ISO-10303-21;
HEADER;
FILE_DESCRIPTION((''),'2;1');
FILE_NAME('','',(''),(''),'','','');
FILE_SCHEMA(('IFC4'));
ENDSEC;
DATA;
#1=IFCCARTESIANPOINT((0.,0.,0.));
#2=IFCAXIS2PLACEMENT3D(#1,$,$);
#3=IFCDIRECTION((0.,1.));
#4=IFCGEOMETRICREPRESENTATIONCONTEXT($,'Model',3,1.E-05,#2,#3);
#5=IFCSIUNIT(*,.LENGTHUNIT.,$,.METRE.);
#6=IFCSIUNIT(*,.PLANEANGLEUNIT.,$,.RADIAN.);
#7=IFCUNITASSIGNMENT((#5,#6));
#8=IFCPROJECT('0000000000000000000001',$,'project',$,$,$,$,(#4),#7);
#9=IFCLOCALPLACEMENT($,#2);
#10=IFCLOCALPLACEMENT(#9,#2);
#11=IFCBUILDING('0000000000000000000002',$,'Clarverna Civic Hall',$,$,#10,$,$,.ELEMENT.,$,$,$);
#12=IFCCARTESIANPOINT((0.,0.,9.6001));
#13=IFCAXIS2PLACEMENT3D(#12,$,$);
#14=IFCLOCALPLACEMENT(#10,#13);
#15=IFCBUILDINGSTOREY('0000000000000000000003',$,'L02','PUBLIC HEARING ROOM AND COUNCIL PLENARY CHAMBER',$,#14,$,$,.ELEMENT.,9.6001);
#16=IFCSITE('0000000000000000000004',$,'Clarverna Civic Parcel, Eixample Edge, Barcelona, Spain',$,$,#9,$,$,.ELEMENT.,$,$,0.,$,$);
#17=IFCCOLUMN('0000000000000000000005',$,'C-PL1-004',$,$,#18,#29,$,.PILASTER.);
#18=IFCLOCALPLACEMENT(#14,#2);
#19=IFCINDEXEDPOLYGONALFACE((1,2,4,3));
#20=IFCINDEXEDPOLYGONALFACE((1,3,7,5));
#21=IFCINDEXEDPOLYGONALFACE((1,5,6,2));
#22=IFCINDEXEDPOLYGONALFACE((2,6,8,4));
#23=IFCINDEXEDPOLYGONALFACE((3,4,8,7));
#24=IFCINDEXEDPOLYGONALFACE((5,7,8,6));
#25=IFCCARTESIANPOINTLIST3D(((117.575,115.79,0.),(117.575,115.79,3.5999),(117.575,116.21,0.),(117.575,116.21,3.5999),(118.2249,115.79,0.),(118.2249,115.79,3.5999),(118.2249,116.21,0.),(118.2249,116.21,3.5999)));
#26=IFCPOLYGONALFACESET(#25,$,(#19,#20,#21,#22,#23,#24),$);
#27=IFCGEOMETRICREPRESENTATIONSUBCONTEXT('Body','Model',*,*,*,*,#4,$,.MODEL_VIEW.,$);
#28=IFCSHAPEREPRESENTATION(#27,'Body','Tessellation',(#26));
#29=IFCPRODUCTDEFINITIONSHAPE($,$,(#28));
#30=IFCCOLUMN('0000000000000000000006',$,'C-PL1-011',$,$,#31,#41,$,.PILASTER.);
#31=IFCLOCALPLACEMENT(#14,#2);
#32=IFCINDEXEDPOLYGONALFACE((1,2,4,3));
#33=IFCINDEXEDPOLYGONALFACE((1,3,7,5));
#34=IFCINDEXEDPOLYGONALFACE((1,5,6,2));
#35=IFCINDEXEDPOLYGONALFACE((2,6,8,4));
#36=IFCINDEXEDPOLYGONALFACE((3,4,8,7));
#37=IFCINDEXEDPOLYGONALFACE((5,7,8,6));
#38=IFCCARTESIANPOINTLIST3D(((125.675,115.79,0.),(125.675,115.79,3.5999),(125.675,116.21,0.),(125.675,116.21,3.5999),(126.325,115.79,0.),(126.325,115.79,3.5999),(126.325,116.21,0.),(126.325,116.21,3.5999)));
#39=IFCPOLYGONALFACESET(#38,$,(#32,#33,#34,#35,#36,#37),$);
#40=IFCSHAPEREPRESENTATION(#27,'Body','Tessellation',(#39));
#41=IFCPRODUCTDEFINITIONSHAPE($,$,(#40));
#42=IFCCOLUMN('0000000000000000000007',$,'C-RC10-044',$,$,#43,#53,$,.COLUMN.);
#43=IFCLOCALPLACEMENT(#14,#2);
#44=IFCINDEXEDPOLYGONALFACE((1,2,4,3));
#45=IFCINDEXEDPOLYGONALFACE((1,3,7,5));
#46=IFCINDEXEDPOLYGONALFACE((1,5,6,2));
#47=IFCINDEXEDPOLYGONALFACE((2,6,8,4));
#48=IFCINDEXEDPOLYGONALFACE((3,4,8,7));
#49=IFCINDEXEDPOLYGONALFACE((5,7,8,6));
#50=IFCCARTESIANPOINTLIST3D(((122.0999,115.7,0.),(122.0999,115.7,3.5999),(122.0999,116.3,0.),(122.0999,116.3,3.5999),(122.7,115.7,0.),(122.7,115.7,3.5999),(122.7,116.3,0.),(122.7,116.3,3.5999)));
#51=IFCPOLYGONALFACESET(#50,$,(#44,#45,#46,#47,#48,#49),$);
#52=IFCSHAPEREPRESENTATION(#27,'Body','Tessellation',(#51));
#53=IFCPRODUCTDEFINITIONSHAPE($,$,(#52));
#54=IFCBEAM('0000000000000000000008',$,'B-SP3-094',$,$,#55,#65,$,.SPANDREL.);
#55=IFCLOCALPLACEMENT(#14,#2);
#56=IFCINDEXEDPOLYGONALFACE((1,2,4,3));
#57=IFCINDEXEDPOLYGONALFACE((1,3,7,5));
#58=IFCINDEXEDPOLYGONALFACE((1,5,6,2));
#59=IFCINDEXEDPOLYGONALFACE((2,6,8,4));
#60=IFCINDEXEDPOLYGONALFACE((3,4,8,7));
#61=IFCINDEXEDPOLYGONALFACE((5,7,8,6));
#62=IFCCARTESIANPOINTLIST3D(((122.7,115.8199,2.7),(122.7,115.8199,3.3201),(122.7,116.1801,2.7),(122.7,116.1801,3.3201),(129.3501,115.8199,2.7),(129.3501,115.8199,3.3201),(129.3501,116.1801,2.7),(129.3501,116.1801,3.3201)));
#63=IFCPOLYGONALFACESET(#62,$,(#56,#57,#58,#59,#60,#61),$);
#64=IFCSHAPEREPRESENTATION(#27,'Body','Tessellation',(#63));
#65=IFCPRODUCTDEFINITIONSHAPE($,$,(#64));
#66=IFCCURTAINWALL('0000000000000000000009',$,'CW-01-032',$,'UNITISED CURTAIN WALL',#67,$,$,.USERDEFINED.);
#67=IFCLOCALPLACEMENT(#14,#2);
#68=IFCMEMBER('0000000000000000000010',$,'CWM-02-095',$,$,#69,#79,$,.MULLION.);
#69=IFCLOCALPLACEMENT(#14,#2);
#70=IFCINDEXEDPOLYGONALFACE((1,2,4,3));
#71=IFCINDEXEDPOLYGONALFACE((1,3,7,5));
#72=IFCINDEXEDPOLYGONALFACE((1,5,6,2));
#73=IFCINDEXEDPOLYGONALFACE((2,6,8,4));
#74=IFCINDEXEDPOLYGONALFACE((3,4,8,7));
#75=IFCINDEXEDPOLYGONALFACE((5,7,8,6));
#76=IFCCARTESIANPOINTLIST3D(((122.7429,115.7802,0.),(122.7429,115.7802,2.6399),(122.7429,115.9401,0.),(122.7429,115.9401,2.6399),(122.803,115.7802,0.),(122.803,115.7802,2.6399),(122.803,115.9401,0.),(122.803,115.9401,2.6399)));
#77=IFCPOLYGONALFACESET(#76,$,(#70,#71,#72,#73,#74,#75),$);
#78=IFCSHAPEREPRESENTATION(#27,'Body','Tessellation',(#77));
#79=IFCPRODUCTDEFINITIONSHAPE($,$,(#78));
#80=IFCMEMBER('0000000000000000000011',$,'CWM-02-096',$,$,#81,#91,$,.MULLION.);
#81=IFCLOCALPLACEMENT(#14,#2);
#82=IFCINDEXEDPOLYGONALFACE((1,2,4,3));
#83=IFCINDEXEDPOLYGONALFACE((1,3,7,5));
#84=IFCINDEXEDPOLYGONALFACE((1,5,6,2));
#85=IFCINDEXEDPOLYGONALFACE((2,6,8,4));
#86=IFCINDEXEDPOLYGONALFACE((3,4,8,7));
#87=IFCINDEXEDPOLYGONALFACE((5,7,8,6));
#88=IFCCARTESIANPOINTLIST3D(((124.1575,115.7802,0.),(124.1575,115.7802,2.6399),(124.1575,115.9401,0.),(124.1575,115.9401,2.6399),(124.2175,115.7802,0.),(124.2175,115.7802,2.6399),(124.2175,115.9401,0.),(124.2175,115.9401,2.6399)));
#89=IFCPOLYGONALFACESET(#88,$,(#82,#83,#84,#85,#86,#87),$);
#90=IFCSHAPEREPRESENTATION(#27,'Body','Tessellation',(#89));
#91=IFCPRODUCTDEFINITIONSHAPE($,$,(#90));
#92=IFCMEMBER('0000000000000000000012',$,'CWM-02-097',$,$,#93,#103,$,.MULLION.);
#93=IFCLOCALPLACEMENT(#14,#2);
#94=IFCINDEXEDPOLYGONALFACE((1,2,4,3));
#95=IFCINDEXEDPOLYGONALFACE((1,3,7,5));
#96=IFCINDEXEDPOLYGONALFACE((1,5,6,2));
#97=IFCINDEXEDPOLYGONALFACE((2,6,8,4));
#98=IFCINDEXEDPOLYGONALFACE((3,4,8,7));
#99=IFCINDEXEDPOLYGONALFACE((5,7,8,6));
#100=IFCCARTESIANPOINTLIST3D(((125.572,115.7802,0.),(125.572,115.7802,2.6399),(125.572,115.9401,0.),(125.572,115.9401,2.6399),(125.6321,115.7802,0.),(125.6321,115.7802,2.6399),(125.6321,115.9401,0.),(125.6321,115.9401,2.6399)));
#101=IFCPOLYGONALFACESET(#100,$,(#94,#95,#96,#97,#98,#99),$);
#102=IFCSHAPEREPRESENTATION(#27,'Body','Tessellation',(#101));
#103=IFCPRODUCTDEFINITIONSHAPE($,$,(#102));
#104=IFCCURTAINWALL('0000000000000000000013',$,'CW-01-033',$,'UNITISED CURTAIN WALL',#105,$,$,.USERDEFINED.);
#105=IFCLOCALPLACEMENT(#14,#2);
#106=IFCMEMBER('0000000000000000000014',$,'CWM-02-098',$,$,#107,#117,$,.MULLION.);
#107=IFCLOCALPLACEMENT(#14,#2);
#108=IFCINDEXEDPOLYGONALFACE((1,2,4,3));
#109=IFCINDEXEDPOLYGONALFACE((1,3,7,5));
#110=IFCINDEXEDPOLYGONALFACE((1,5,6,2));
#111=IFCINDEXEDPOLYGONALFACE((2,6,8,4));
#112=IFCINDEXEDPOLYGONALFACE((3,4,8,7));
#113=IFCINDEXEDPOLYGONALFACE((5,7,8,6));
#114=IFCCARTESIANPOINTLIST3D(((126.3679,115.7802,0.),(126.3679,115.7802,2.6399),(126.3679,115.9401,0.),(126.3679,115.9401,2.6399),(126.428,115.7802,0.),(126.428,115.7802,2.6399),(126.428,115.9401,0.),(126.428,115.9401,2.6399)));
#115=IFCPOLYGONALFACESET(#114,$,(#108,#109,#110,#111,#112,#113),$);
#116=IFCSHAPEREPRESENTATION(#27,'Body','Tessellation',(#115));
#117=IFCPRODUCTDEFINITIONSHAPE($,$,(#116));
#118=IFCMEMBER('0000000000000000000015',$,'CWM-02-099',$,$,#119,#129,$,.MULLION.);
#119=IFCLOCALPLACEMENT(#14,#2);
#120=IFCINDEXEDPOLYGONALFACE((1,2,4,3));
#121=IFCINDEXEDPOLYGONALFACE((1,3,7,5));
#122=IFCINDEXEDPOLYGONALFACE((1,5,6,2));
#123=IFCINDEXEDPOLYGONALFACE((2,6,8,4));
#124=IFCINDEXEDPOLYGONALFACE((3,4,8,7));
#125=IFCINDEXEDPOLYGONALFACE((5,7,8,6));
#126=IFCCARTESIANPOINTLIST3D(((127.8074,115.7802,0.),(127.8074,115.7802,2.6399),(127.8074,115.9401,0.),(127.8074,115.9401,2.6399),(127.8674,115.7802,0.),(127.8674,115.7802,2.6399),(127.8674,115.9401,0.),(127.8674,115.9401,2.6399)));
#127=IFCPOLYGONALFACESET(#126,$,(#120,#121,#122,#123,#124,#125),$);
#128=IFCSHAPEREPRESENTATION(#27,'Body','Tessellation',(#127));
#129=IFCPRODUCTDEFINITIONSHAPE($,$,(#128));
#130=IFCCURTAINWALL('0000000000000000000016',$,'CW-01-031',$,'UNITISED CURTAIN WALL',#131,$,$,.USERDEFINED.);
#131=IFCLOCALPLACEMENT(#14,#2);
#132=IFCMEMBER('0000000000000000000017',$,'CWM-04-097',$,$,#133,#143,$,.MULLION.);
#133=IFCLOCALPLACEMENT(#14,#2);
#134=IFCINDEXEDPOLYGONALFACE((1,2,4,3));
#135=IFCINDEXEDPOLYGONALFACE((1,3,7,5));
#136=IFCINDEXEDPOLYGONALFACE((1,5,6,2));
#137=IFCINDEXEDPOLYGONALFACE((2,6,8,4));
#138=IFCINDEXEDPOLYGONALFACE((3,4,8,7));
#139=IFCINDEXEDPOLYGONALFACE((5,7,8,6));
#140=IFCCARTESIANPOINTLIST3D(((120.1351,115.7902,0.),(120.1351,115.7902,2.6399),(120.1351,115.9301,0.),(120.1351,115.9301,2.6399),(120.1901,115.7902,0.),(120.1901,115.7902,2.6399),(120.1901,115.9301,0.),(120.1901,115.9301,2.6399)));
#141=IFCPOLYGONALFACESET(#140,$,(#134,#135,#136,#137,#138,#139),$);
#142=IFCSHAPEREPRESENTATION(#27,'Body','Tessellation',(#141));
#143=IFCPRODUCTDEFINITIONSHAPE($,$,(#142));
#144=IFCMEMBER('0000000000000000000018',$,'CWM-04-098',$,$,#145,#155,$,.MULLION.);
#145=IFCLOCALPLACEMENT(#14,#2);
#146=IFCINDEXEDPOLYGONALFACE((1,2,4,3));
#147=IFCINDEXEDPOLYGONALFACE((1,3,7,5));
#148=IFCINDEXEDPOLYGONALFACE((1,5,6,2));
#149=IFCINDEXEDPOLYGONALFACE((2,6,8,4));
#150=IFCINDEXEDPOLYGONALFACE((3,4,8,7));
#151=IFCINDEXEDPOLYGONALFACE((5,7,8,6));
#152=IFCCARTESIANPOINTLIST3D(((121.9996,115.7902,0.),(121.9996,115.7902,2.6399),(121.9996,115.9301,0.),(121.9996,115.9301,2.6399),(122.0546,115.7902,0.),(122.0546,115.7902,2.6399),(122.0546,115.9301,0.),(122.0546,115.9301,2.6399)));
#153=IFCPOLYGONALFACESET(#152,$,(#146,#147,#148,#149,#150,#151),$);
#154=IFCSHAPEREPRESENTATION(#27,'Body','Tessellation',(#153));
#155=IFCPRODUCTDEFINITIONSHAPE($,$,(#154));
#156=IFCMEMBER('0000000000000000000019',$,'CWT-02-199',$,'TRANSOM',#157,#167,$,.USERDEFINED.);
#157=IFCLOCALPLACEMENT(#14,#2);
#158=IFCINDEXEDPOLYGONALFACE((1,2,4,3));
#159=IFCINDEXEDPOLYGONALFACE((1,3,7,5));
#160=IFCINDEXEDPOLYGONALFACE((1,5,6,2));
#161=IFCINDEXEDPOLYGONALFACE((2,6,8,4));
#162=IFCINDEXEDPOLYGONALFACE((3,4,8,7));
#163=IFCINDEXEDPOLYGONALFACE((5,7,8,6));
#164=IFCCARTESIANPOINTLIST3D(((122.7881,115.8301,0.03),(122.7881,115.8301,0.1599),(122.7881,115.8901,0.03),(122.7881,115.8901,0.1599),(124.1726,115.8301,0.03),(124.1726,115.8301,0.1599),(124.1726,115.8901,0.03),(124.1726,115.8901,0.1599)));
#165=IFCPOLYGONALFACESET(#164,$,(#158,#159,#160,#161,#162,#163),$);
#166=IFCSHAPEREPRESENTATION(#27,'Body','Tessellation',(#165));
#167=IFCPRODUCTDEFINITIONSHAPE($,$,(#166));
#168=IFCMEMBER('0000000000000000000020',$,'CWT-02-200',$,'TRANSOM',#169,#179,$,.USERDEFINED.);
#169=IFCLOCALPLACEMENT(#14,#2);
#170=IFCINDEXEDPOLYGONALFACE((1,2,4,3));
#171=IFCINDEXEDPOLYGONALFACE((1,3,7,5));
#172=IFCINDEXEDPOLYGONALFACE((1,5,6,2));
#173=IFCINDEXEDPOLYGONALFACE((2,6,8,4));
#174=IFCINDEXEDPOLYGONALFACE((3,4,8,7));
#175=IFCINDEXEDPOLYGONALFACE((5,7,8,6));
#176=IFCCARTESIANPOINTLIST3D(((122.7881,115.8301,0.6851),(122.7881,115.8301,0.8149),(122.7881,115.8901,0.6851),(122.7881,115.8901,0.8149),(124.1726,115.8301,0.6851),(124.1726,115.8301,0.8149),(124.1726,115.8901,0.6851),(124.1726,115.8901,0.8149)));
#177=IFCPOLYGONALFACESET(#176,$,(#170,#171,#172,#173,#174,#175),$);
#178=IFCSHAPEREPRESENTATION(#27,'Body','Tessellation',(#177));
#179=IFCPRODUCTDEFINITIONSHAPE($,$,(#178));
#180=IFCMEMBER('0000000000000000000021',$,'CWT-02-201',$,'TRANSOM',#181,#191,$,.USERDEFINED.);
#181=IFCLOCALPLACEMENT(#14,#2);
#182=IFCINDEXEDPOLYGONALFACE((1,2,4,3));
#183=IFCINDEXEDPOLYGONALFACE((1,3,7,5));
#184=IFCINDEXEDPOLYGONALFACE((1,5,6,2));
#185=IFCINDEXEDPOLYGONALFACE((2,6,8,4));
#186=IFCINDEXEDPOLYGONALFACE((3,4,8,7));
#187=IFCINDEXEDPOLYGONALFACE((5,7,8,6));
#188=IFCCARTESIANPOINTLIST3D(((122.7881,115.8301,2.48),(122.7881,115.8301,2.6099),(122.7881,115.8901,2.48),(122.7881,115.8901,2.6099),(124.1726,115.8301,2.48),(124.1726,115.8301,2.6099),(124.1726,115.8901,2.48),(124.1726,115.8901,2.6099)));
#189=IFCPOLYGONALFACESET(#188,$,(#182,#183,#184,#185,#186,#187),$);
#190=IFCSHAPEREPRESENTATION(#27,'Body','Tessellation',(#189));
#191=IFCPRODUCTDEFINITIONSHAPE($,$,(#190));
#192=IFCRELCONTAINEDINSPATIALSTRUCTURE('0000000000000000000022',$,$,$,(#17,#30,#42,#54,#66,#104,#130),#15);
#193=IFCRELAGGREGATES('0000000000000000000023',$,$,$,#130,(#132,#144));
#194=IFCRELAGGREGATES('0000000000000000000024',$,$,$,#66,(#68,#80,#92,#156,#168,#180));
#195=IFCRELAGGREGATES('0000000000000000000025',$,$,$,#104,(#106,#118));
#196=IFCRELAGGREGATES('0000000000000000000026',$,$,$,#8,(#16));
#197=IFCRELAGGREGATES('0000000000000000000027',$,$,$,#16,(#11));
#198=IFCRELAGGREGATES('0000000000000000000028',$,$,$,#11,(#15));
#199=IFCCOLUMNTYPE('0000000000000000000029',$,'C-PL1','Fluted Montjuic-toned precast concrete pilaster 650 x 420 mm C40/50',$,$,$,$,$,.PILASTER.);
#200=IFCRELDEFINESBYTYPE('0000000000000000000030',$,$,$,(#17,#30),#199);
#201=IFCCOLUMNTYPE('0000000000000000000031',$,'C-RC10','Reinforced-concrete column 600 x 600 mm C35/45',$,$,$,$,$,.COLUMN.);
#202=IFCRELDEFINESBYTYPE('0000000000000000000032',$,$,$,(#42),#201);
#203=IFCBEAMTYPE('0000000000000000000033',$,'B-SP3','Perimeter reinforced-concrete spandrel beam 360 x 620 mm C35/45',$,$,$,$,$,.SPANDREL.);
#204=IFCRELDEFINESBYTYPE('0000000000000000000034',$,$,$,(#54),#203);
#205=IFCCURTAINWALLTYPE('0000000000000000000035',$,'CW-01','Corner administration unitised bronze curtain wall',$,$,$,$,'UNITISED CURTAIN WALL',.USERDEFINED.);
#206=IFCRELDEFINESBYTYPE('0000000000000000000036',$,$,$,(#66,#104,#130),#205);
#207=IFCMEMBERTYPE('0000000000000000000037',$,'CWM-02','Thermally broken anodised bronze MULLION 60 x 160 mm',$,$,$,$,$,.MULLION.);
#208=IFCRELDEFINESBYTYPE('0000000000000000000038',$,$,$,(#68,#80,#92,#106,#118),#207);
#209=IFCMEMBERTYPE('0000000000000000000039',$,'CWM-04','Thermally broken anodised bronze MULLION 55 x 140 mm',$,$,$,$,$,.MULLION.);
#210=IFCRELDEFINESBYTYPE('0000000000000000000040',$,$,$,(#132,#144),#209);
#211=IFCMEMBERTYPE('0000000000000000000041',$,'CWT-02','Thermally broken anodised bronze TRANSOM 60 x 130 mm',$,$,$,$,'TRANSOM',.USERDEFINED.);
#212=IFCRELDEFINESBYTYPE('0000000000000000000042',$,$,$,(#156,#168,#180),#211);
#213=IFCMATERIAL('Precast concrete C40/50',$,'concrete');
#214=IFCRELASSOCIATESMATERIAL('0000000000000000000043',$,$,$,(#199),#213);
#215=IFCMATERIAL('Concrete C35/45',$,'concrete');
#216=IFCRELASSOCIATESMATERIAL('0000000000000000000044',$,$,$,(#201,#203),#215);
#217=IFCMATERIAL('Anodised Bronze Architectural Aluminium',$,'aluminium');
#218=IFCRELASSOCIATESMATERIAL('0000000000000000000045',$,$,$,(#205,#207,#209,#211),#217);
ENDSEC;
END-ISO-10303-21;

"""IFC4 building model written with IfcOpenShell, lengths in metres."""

from ifc_helpers import new_model, si_unit, direction, frame, origin, origin_2d, place, context, subcontext, project, spatial, rectangle, extrude, material, material_profile, profile_set, type_object, element, aggregate, save


model = new_model("IFC4")

# Units and contexts
model_context = context("Model", 3, precision=1e-05, world=origin(), true_north=direction((0.0, 1.0)))
body_context = subcontext(model_context, "Body", "Model", "MODEL_VIEW")
ifc_project = project(units=[si_unit("LENGTHUNIT", "METRE"), si_unit("PLANEANGLEUNIT", "RADIAN")], contexts=[model_context])

# Site, building, storey
site_placement = place(None, origin())
site = spatial("IfcSite", under=ifc_project, at=site_placement, Name="Clarverna Civic Parcel, Eixample Edge, Barcelona, Spain", CompositionType="ELEMENT", RefElevation=0.0)
building_placement = place(site_placement, origin())
building = spatial("IfcBuilding", under=site, at=building_placement, Name="Clarverna Civic Hall", CompositionType="ELEMENT")
storey_placement = place(building_placement, frame((0.0, 0.0, 9.6001)))
storey = spatial("IfcBuildingStorey", under=building, at=storey_placement, Name="L02", Description="PUBLIC HEARING ROOM AND COUNCIL PLENARY CHAMBER", CompositionType="ELEMENT", Elevation=9.6001)

# Columns
ifc_material_1 = material(Name="Precast concrete C40/50", Category="concrete")
ifc_material_profile_1 = material_profile(ifc_material_1, rectangle(XDim=0.6499, YDim=0.4199, at=origin_2d()), Name="PILASTER 650x420")
ifc_profile_set_1 = profile_set([ifc_material_profile_1], Name="Precast concrete C40/50")
column_type_1 = type_object("IfcColumnType", Name="C-PL1", Description="Fluted Montjuic-toned precast concrete pilaster 650 x 420 mm C40/50", PredefinedType="PILASTER", material=ifc_profile_set_1)
for number, where, z_axis, x_axis, name in (
    (1, (117.8999, 116.0, 0.0), (0.0, 0.0, 1.0), (1.0, 0.0, 0.0), "C-PL1-004"),
    (2, (126.0, 116.0, 0.0), (0.0, 0.0, 1.0), (1.0, 0.0, 0.0), "C-PL1-011"),
):
    element("IfcColumn", number, at=place(storey_placement, frame(where, z_axis=z_axis, x_axis=x_axis)), inside=storey, type_object=column_type_1, Name=name, PredefinedType="PILASTER", context=body_context, shape_type="SweptSolid", body=[
        extrude(rectangle(XDim=0.6499, YDim=0.4199, at=origin_2d()), origin(), (0.0, 0.0, 1.0), 3.5999),
    ])
ifc_material_2 = material(Name="Concrete C35/45", Category="concrete")
ifc_material_profile_2 = material_profile(ifc_material_2, rectangle(XDim=0.6001, YDim=0.6001, at=origin_2d()), Name="RC 600x600")
ifc_profile_set_2 = profile_set([ifc_material_profile_2], Name="Concrete C35/45")
column_type_2 = type_object("IfcColumnType", Name="C-RC10", Description="Reinforced-concrete column 600 x 600 mm C35/45", PredefinedType="COLUMN", material=ifc_profile_set_2)
column_placement = place(storey_placement, frame((122.3999, 116.0, 0.0), z_axis=(0.0, 0.0, 1.0), x_axis=(1.0, 0.0, 0.0)))
element("IfcColumn", 3, at=column_placement, inside=storey, type_object=column_type_2, Name="C-RC10-044", PredefinedType="COLUMN", context=body_context, shape_type="SweptSolid", body=[
    extrude(rectangle(XDim=0.6001, YDim=0.6001, at=origin_2d()), origin(), (0.0, 0.0, 1.0), 3.5999),
])

# Beam
ifc_material_profile_3 = material_profile(ifc_material_2, rectangle(XDim=0.3601, YDim=0.6201, at=origin_2d()), Name="RC 360x620")
ifc_profile_set_3 = profile_set([ifc_material_profile_3], Name="Concrete C35/45")
beam_type = type_object("IfcBeamType", Name="B-SP3", Description="Perimeter reinforced-concrete spandrel beam 360 x 620 mm C35/45", PredefinedType="SPANDREL", material=ifc_profile_set_3)
beam_placement = place(storey_placement, frame((122.7, 116.0, 3.01), z_axis=(1.0, 0.0, 0.0), x_axis=(0.0, 1.0, 0.0)))
element("IfcBeam", 4, at=beam_placement, inside=storey, type_object=beam_type, Name="B-SP3-094", PredefinedType="SPANDREL", context=body_context, shape_type="SweptSolid", body=[
    extrude(rectangle(XDim=0.3601, YDim=0.6201, at=origin_2d()), origin(), (0.0, 0.0, 1.0), 6.6501),
])

# Curtain walls, members
ifc_material_3 = material(Name="Anodised Bronze Architectural Aluminium", Category="aluminium")
curtain_wall_type = type_object("IfcCurtainWallType", Name="CW-01", Description="Corner administration unitised bronze curtain wall", ElementType="UNITISED CURTAIN WALL", PredefinedType="USERDEFINED", material=ifc_material_3)
curtain_wall_1_placement = place(storey_placement, origin())
curtain_wall_1 = element("IfcCurtainWall", 5, at=curtain_wall_1_placement, inside=storey, type_object=curtain_wall_type, Name="CW-01-032", ObjectType="UNITISED CURTAIN WALL", PredefinedType="USERDEFINED")
ifc_material_profile_4 = material_profile(ifc_material_3, rectangle(XDim=0.0601, YDim=0.1599, at=origin_2d()), Name="BRONZE 60x160")
ifc_profile_set_4 = profile_set([ifc_material_profile_4], Name="Anodised Bronze Architectural Aluminium")
member_type_1 = type_object("IfcMemberType", Name="CWM-02", Description="Thermally broken anodised bronze MULLION 60 x 160 mm", PredefinedType="MULLION", material=ifc_profile_set_4)
member_1_placement = place(storey_placement, frame((122.7729, 115.8601, 0.0), z_axis=(0.0, 0.0, 1.0), x_axis=(1.0, 0.0, 0.0)))
member_1 = element("IfcMember", 6, at=member_1_placement, type_object=member_type_1, Name="CWM-02-095", PredefinedType="MULLION", context=body_context, shape_type="SweptSolid", body=[
    extrude(rectangle(XDim=0.0601, YDim=0.1599, at=origin_2d()), origin(), (0.0, 0.0, 1.0), 2.6399),
])
member_2_placement = place(storey_placement, frame((124.1875, 115.8601, 0.0), z_axis=(0.0, 0.0, 1.0), x_axis=(1.0, 0.0, 0.0)))
member_2 = element("IfcMember", 7, at=member_2_placement, type_object=member_type_1, Name="CWM-02-096", PredefinedType="MULLION", context=body_context, shape_type="SweptSolid", body=[
    extrude(rectangle(XDim=0.0601, YDim=0.1599, at=origin_2d()), origin(), (0.0, 0.0, 1.0), 2.6399),
])
member_3_placement = place(storey_placement, frame((125.6021, 115.8601, 0.0), z_axis=(0.0, 0.0, 1.0), x_axis=(1.0, 0.0, 0.0)))
member_3 = element("IfcMember", 8, at=member_3_placement, type_object=member_type_1, Name="CWM-02-097", PredefinedType="MULLION", context=body_context, shape_type="SweptSolid", body=[
    extrude(rectangle(XDim=0.0601, YDim=0.1599, at=origin_2d()), origin(), (0.0, 0.0, 1.0), 2.6399),
])
curtain_wall_2_placement = place(storey_placement, origin())
curtain_wall_2 = element("IfcCurtainWall", 9, at=curtain_wall_2_placement, inside=storey, type_object=curtain_wall_type, Name="CW-01-033", ObjectType="UNITISED CURTAIN WALL", PredefinedType="USERDEFINED")
member_4_placement = place(storey_placement, frame((126.3979, 115.8601, 0.0), z_axis=(0.0, 0.0, 1.0), x_axis=(1.0, 0.0, 0.0)))
member_4 = element("IfcMember", 10, at=member_4_placement, type_object=member_type_1, Name="CWM-02-098", PredefinedType="MULLION", context=body_context, shape_type="SweptSolid", body=[
    extrude(rectangle(XDim=0.0601, YDim=0.1599, at=origin_2d()), origin(), (0.0, 0.0, 1.0), 2.6399),
])
member_5_placement = place(storey_placement, frame((127.8374, 115.8601, 0.0), z_axis=(0.0, 0.0, 1.0), x_axis=(1.0, 0.0, 0.0)))
member_5 = element("IfcMember", 11, at=member_5_placement, type_object=member_type_1, Name="CWM-02-099", PredefinedType="MULLION", context=body_context, shape_type="SweptSolid", body=[
    extrude(rectangle(XDim=0.0601, YDim=0.1599, at=origin_2d()), origin(), (0.0, 0.0, 1.0), 2.6399),
])
curtain_wall_3_placement = place(storey_placement, origin())
curtain_wall_3 = element("IfcCurtainWall", 12, at=curtain_wall_3_placement, inside=storey, type_object=curtain_wall_type, Name="CW-01-031", ObjectType="UNITISED CURTAIN WALL", PredefinedType="USERDEFINED")
ifc_material_profile_5 = material_profile(ifc_material_3, rectangle(XDim=0.0549, YDim=0.1399, at=origin_2d()), Name="BRONZE 55x140")
ifc_profile_set_5 = profile_set([ifc_material_profile_5], Name="Anodised Bronze Architectural Aluminium")
member_type_2 = type_object("IfcMemberType", Name="CWM-04", Description="Thermally broken anodised bronze MULLION 55 x 140 mm", PredefinedType="MULLION", material=ifc_profile_set_5)
member_6_placement = place(storey_placement, frame((120.1626, 115.8601, 0.0), z_axis=(0.0, 0.0, 1.0), x_axis=(1.0, 0.0, 0.0)))
member_6 = element("IfcMember", 13, at=member_6_placement, type_object=member_type_2, Name="CWM-04-097", PredefinedType="MULLION", context=body_context, shape_type="SweptSolid", body=[
    extrude(rectangle(XDim=0.0549, YDim=0.1399, at=origin_2d()), origin(), (0.0, 0.0, 1.0), 2.6399),
])
member_7_placement = place(storey_placement, frame((122.0271, 115.8601, 0.0), z_axis=(0.0, 0.0, 1.0), x_axis=(1.0, 0.0, 0.0)))
member_7 = element("IfcMember", 14, at=member_7_placement, type_object=member_type_2, Name="CWM-04-098", PredefinedType="MULLION", context=body_context, shape_type="SweptSolid", body=[
    extrude(rectangle(XDim=0.0549, YDim=0.1399, at=origin_2d()), origin(), (0.0, 0.0, 1.0), 2.6399),
])

# Members
ifc_material_profile_6 = material_profile(ifc_material_3, rectangle(XDim=0.0601, YDim=0.1299, at=origin_2d()), Name="BRONZE 60x130")
ifc_profile_set_6 = profile_set([ifc_material_profile_6], Name="Anodised Bronze Architectural Aluminium")
member_type_3 = type_object("IfcMemberType", Name="CWT-02", Description="Thermally broken anodised bronze TRANSOM 60 x 130 mm", ElementType="TRANSOM", PredefinedType="USERDEFINED", material=ifc_profile_set_6)
member_8_placement = place(storey_placement, frame((122.7881, 115.8601, 0.095), z_axis=(1.0, 0.0, 0.0), x_axis=(0.0, 1.0, 0.0)))
member_8 = element("IfcMember", 15, at=member_8_placement, type_object=member_type_3, Name="CWT-02-199", ObjectType="TRANSOM", PredefinedType="USERDEFINED", context=body_context, shape_type="SweptSolid", body=[
    extrude(rectangle(XDim=0.0601, YDim=0.1299, at=origin_2d()), origin(), (0.0, 0.0, 1.0), 1.3845),
])
member_9_placement = place(storey_placement, frame((122.7881, 115.8601, 0.75), z_axis=(1.0, 0.0, 0.0), x_axis=(0.0, 1.0, 0.0)))
member_9 = element("IfcMember", 16, at=member_9_placement, type_object=member_type_3, Name="CWT-02-200", ObjectType="TRANSOM", PredefinedType="USERDEFINED", context=body_context, shape_type="SweptSolid", body=[
    extrude(rectangle(XDim=0.0601, YDim=0.1299, at=origin_2d()), origin(), (0.0, 0.0, 1.0), 1.3845),
])
member_10_placement = place(storey_placement, frame((122.7881, 115.8601, 2.5449), z_axis=(1.0, 0.0, 0.0), x_axis=(0.0, 1.0, 0.0)))
member_10 = element("IfcMember", 17, at=member_10_placement, type_object=member_type_3, Name="CWT-02-201", ObjectType="TRANSOM", PredefinedType="USERDEFINED", context=body_context, shape_type="SweptSolid", body=[
    extrude(rectangle(XDim=0.0601, YDim=0.1299, at=origin_2d()), origin(), (0.0, 0.0, 1.0), 1.3845),
])

aggregate(curtain_wall_3, [member_6, member_7])
aggregate(curtain_wall_1, [member_1, member_2, member_3, member_8, member_9, member_10])
aggregate(curtain_wall_2, [member_4, member_5])

save(model, "model.ifc")
